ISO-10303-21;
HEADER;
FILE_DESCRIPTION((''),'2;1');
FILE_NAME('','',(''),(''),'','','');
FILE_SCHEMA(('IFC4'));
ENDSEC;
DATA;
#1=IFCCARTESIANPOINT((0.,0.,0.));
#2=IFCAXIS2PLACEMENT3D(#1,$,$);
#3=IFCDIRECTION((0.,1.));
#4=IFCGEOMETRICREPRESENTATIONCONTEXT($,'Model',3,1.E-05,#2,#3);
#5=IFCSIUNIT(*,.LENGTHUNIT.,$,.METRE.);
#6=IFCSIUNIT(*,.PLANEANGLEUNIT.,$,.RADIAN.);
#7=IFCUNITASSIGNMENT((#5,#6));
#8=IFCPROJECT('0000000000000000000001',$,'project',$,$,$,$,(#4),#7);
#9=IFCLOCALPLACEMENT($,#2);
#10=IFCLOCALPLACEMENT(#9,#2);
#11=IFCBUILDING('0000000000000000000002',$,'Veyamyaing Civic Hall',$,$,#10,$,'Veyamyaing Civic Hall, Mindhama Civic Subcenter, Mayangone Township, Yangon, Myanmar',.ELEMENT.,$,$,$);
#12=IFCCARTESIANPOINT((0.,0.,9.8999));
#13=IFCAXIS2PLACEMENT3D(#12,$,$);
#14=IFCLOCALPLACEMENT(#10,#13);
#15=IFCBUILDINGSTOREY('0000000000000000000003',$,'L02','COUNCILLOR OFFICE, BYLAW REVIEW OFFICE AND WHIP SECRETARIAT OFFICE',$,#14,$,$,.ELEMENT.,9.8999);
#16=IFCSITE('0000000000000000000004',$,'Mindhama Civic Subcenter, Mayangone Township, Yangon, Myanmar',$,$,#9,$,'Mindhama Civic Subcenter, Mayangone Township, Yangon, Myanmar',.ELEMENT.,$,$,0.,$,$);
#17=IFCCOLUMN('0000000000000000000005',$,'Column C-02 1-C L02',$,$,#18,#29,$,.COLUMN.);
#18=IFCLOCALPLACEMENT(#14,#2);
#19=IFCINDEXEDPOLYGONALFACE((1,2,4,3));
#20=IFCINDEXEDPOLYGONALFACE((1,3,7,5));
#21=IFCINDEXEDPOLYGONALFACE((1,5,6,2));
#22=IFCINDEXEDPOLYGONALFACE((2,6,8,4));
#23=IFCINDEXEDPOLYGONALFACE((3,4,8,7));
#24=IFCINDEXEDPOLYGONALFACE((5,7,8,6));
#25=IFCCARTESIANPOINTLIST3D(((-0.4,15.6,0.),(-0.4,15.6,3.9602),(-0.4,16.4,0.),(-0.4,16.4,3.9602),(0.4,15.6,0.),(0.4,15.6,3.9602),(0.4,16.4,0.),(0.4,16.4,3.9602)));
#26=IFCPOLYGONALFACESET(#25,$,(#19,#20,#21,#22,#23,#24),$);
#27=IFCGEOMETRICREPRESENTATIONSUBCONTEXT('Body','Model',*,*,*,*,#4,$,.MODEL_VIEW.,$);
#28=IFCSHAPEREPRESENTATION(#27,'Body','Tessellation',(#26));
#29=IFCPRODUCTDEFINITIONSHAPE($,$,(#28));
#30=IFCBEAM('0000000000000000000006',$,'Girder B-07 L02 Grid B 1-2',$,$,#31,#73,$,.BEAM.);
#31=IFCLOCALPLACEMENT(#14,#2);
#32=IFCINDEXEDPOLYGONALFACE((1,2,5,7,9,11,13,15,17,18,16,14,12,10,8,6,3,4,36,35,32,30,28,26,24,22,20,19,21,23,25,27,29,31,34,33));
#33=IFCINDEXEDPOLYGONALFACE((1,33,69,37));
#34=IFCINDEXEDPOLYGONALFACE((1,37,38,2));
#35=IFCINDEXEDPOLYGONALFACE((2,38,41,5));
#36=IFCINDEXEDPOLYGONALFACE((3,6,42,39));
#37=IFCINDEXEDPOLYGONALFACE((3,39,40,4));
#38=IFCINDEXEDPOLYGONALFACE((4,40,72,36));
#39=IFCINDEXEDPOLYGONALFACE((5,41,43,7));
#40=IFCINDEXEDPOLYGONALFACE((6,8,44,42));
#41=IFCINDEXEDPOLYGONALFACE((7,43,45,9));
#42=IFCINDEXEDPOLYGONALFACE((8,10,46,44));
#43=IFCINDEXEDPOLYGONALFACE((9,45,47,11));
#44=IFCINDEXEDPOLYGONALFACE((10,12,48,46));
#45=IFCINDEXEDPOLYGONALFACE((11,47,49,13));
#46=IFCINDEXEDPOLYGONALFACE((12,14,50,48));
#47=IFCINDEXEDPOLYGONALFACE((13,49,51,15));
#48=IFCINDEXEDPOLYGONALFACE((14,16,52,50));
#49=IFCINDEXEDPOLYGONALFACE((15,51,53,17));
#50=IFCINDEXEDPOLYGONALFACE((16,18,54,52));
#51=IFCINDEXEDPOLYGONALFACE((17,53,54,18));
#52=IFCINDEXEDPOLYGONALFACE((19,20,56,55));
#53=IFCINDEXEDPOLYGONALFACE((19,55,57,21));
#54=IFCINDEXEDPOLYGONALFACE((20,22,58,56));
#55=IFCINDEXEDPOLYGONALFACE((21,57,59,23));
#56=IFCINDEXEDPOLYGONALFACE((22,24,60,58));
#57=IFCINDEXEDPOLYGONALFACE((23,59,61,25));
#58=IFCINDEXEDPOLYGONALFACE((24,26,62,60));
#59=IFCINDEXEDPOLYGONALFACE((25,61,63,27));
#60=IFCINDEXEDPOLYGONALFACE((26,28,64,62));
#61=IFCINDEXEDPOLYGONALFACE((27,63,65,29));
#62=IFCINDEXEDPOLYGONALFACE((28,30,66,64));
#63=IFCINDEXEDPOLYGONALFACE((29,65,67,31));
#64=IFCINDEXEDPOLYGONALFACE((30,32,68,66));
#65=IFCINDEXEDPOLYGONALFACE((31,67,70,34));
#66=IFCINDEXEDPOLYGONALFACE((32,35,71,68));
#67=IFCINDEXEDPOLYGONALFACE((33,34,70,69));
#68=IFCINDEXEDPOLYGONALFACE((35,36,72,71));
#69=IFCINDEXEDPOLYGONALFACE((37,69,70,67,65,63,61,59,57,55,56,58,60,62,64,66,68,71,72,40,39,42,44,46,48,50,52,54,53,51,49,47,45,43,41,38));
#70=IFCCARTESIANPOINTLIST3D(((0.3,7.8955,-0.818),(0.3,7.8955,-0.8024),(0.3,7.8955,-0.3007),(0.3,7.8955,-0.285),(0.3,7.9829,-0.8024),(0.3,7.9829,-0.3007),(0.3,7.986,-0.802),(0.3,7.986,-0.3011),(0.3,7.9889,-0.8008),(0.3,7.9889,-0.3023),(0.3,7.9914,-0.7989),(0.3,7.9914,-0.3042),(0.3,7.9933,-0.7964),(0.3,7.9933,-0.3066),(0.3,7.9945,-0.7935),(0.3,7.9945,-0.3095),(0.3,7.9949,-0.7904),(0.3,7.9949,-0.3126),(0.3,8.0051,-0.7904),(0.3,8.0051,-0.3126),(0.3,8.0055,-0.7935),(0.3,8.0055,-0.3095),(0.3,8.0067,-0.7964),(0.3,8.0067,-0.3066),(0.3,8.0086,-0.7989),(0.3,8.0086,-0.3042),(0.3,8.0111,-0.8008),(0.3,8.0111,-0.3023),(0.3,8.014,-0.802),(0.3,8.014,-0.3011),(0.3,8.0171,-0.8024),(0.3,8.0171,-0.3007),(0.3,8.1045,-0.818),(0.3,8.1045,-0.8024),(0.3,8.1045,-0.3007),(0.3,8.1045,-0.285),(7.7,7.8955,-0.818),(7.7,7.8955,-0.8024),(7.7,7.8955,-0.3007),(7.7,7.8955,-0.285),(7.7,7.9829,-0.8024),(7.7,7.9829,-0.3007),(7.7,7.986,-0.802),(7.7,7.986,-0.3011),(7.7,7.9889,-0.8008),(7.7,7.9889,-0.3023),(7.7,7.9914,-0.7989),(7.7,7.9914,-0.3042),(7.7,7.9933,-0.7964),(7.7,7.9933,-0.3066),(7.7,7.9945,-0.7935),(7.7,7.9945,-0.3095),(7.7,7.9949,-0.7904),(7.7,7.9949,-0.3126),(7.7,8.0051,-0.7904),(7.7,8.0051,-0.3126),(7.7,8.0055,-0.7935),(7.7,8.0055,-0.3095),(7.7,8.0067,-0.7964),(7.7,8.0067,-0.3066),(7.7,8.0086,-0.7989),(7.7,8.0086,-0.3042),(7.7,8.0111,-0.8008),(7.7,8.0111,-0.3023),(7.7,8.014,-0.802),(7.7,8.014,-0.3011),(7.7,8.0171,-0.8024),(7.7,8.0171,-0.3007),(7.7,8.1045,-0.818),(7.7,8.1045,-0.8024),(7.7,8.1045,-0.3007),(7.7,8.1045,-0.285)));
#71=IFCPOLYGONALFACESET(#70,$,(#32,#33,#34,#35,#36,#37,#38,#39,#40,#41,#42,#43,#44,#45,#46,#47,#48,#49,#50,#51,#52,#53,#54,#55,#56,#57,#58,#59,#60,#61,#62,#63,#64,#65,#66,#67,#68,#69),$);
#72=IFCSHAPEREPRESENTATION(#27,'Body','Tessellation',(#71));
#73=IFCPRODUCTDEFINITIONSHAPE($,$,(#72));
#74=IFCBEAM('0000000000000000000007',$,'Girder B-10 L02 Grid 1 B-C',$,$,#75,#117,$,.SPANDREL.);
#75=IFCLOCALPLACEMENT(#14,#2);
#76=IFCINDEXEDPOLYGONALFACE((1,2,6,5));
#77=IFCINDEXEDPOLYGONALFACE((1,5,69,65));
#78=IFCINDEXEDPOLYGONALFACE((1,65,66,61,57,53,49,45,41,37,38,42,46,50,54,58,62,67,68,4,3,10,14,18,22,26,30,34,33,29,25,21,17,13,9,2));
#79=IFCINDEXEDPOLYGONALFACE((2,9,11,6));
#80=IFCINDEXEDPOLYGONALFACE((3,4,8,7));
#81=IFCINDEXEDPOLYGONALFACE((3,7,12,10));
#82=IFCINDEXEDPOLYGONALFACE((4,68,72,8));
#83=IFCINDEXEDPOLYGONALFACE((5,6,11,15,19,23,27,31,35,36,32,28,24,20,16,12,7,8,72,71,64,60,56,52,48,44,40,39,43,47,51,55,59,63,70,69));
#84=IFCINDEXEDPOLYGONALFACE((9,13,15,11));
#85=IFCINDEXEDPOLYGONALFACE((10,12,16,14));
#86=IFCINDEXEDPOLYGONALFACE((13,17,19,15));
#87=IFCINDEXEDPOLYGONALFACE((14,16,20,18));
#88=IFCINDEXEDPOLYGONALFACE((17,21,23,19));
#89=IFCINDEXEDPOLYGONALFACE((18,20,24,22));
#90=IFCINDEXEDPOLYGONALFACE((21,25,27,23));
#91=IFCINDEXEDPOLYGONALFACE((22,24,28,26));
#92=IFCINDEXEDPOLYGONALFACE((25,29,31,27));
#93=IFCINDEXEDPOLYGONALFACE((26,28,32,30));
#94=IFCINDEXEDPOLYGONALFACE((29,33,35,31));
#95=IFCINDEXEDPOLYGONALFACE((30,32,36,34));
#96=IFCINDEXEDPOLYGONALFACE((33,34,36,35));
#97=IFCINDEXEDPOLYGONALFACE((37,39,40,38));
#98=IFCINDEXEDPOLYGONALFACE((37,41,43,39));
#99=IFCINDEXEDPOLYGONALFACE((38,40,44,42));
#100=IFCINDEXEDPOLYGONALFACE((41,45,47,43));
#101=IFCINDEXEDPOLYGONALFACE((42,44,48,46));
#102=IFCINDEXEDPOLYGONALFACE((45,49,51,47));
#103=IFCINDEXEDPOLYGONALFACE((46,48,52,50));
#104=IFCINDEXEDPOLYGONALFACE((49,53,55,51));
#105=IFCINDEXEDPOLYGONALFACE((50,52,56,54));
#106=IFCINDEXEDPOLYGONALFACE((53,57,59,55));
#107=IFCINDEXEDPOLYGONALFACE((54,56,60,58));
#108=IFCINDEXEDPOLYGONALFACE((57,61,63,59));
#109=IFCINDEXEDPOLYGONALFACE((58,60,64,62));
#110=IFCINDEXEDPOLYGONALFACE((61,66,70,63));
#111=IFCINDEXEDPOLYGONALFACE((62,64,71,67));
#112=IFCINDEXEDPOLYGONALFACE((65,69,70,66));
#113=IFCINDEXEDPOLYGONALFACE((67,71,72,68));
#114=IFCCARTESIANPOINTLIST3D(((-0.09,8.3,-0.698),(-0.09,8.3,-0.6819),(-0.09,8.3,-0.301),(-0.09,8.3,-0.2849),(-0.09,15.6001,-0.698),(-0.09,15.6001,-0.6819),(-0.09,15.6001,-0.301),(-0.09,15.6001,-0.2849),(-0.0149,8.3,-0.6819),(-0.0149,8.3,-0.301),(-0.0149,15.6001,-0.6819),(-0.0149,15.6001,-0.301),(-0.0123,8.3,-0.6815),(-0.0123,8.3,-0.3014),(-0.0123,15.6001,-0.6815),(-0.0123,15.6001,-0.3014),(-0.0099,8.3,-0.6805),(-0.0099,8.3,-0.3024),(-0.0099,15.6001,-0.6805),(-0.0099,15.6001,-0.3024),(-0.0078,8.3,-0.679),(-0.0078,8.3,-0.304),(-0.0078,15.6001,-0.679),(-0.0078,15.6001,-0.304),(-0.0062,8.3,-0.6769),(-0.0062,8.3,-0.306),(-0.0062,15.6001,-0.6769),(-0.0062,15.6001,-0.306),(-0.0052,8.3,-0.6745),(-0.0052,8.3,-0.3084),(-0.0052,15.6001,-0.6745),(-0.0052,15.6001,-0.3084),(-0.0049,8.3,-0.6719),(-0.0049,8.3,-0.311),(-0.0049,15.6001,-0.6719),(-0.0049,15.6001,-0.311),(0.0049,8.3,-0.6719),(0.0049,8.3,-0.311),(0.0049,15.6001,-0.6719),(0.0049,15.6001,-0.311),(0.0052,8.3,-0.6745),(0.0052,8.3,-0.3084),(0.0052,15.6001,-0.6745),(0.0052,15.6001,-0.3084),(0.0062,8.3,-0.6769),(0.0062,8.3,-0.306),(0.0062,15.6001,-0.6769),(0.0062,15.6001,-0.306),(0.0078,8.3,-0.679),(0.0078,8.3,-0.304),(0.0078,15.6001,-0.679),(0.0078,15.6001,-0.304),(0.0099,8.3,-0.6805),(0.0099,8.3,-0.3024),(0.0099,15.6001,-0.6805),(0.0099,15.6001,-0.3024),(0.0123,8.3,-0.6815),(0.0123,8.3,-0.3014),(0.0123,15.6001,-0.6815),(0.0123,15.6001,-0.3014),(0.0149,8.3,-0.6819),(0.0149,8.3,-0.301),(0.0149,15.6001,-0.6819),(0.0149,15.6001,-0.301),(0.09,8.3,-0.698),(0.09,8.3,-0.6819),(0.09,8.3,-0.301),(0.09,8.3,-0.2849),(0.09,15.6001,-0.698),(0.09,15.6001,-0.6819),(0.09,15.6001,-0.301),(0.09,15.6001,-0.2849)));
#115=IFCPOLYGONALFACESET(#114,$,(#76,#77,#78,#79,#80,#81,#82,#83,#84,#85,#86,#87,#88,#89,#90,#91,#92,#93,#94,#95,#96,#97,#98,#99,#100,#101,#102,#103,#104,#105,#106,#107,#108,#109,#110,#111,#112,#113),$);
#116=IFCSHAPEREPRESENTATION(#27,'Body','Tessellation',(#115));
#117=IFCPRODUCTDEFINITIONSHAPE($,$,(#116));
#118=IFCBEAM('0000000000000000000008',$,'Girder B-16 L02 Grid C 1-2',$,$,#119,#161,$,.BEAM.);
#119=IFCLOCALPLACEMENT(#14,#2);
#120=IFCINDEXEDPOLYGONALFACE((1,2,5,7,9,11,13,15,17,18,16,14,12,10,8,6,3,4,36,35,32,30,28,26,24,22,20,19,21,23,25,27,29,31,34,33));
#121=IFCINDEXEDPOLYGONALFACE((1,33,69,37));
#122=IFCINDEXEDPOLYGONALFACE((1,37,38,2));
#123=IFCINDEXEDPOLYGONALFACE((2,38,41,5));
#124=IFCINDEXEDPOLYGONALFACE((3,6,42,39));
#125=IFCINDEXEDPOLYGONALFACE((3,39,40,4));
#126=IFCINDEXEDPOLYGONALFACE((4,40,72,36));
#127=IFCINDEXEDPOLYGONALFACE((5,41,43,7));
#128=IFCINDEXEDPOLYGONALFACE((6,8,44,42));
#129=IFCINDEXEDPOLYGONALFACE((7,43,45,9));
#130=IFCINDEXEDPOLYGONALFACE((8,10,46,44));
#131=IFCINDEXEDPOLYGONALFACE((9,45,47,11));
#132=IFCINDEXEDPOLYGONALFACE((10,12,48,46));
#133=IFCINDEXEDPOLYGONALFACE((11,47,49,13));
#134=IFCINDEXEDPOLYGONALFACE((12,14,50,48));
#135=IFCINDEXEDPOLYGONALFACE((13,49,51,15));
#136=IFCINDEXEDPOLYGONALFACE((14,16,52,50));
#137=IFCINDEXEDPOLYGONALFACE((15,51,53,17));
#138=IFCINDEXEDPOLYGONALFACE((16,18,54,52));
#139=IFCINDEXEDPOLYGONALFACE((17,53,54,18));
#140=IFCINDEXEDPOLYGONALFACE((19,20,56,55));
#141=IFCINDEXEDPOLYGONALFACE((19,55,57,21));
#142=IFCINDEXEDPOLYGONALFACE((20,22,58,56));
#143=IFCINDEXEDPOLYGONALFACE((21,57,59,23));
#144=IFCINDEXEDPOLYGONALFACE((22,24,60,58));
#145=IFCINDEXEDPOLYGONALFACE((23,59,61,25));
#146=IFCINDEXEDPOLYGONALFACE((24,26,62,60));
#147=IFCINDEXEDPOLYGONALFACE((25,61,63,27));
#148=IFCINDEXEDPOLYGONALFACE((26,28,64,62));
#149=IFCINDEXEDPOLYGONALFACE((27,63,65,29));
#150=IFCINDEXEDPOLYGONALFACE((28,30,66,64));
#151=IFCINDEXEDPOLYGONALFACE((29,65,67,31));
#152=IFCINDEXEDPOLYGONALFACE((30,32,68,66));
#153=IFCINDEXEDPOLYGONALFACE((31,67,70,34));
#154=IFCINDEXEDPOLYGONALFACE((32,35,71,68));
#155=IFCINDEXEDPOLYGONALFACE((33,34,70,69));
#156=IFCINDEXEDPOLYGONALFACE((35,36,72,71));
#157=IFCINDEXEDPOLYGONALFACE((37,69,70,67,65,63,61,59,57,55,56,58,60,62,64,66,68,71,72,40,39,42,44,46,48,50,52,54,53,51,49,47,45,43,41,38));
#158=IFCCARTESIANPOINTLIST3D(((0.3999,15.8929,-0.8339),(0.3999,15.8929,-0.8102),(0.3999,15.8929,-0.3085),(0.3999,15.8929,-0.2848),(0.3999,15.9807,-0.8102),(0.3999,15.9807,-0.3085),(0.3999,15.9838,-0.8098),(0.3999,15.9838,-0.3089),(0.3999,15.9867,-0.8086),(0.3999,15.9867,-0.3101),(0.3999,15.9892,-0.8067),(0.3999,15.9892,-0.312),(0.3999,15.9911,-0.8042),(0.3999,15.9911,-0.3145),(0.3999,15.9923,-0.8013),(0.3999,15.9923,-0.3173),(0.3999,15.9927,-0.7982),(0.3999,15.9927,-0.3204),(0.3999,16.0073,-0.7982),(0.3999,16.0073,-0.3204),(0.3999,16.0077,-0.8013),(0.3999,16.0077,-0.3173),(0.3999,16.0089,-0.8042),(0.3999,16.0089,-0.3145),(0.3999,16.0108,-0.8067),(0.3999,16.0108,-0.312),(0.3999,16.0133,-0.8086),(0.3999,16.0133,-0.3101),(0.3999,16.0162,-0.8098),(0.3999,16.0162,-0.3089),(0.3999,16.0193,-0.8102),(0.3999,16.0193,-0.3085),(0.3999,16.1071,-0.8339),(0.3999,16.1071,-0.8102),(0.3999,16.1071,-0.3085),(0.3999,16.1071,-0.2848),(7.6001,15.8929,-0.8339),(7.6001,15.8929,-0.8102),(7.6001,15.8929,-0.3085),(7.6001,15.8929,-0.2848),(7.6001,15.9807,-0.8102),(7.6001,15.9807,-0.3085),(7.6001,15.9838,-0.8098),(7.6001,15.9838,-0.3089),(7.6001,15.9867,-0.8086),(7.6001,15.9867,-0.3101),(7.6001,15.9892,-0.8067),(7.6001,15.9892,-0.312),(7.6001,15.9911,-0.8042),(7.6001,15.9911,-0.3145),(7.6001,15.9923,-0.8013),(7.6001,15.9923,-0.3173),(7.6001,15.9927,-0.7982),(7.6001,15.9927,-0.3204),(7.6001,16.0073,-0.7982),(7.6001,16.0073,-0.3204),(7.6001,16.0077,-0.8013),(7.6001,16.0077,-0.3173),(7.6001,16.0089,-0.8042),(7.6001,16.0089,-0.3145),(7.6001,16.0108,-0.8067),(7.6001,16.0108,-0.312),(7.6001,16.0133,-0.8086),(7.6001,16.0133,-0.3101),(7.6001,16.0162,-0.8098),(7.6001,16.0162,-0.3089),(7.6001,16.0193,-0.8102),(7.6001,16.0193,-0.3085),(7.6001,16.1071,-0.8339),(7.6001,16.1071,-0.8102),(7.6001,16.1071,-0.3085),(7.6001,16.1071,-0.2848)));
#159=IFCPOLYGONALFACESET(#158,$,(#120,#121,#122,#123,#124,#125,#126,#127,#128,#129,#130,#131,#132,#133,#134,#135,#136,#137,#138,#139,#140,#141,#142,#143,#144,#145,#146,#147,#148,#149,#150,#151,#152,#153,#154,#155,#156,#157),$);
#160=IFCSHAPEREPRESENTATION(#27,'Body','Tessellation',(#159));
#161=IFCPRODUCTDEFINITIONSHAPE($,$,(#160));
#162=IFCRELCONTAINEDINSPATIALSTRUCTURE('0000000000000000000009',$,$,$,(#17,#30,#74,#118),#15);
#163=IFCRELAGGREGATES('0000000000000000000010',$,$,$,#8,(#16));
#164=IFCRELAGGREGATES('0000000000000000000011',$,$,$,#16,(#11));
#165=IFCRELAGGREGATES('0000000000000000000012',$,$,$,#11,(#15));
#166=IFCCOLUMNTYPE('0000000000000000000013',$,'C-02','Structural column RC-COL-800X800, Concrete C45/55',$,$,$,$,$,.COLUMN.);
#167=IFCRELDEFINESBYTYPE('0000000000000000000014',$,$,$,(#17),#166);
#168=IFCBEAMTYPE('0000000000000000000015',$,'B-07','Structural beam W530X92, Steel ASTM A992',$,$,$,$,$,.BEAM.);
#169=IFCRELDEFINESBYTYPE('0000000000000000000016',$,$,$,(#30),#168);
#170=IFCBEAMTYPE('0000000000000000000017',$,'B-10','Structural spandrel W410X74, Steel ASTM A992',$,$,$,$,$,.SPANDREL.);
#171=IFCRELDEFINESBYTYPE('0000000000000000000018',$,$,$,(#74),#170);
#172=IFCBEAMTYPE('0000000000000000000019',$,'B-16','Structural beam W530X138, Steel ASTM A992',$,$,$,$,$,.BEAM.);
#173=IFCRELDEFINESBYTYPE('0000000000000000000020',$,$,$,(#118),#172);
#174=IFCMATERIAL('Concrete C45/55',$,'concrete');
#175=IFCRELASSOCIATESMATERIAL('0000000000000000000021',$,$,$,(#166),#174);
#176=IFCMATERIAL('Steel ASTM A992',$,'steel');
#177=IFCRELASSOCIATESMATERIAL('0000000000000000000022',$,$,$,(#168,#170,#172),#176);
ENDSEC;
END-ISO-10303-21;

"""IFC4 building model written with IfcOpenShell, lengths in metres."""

from ifc_helpers import new_model, si_unit, direction, frame, origin, origin_2d, place, context, subcontext, project, spatial, rectangle, i_section, extrude, material, material_profile, profile_set, type_object, element, save


model = new_model("IFC4")

# Units and contexts
model_context = context("Model", 3, precision=1e-05, world=origin(), true_north=direction((0.0, 1.0)))
body_context = subcontext(model_context, "Body", "Model", "MODEL_VIEW")
ifc_project = project(units=[si_unit("LENGTHUNIT", "METRE"), si_unit("PLANEANGLEUNIT", "RADIAN")], contexts=[model_context])

# Site, building, storey
site_placement = place(None, origin())
site = spatial("IfcSite", under=ifc_project, at=site_placement, Name="Mindhama Civic Subcenter, Mayangone Township, Yangon, Myanmar", LongName="Mindhama Civic Subcenter, Mayangone Township, Yangon, Myanmar", CompositionType="ELEMENT", RefElevation=0.0)
building_placement = place(site_placement, origin())
building = spatial("IfcBuilding", under=site, at=building_placement, Name="Veyamyaing Civic Hall", LongName="Veyamyaing Civic Hall, Mindhama Civic Subcenter, Mayangone Township, Yangon, Myanmar", CompositionType="ELEMENT")
storey_placement = place(building_placement, frame((0.0, 0.0, 9.8999)))
storey = spatial("IfcBuildingStorey", under=building, at=storey_placement, Name="L02", Description="COUNCILLOR OFFICE, BYLAW REVIEW OFFICE AND WHIP SECRETARIAT OFFICE", CompositionType="ELEMENT", Elevation=9.8999)

# Column
ifc_material_1 = material(Name="Concrete C45/55", Category="concrete")
ifc_material_profile_1 = material_profile(ifc_material_1, rectangle(XDim=0.8, YDim=0.8, at=origin_2d()), Name="RC-COL-800X800")
ifc_profile_set_1 = profile_set([ifc_material_profile_1], Name="Concrete C45/55")
column_type = type_object("IfcColumnType", Name="C-02", Description="Structural column RC-COL-800X800, Concrete C45/55", PredefinedType="COLUMN", material=ifc_profile_set_1)
column_placement = place(storey_placement, frame((0.0, 16.0, 0.0), z_axis=(0.0, 0.0, 1.0), x_axis=(1.0, 0.0, 0.0)))
element("IfcColumn", 1, at=column_placement, inside=storey, type_object=column_type, Name="Column C-02 1-C L02", PredefinedType="COLUMN", context=body_context, shape_type="SweptSolid", body=[
    extrude(rectangle(XDim=0.8, YDim=0.8, at=origin_2d()), origin(), (0.0, 0.0, 1.0), 3.9602),
])

# Beams
ifc_material_2 = material(Name="Steel ASTM A992", Category="steel")
ifc_material_profile_2 = material_profile(ifc_material_2, i_section(OverallWidth=0.209, OverallDepth=0.533, WebThickness=0.0103, FlangeThickness=0.0156, FilletRadius=0.012, at=origin_2d()), Name="W530X92")
ifc_profile_set_2 = profile_set([ifc_material_profile_2], Name="Steel ASTM A992")
beam_type_1 = type_object("IfcBeamType", Name="B-07", Description="Structural beam W530X92, Steel ASTM A992", PredefinedType="BEAM", material=ifc_profile_set_2)
beam_1_placement = place(storey_placement, frame((0.3, 8.0, -0.5515), z_axis=(1.0, 0.0, 0.0), x_axis=(0.0, 1.0, 0.0)))
element("IfcBeam", 2, at=beam_1_placement, inside=storey, type_object=beam_type_1, Name="Girder B-07 L02 Grid B 1-2", PredefinedType="BEAM", context=body_context, shape_type="SweptSolid", body=[
    extrude(i_section(OverallWidth=0.209, OverallDepth=0.533, WebThickness=0.0103, FlangeThickness=0.0156, FilletRadius=0.012, at=origin_2d()), origin(), (0.0, 0.0, 1.0), 7.3999),
])
ifc_material_profile_3 = material_profile(ifc_material_2, i_section(OverallWidth=0.1799, OverallDepth=0.4131, WebThickness=0.0098, FlangeThickness=0.0161, FilletRadius=0.01, at=origin_2d()), Name="W410X74")
ifc_profile_set_3 = profile_set([ifc_material_profile_3], Name="Steel ASTM A992")
beam_type_2 = type_object("IfcBeamType", Name="B-10", Description="Structural spandrel W410X74, Steel ASTM A992", PredefinedType="SPANDREL", material=ifc_profile_set_3)
beam_2_placement = place(storey_placement, frame((0.0, 8.3, -0.4915), z_axis=(0.0, 1.0, 0.0), x_axis=(-1.0, 0.0, 0.0)))
element("IfcBeam", 3, at=beam_2_placement, inside=storey, type_object=beam_type_2, Name="Girder B-10 L02 Grid 1 B-C", PredefinedType="SPANDREL", context=body_context, shape_type="SweptSolid", body=[
    extrude(i_section(OverallWidth=0.1799, OverallDepth=0.4131, WebThickness=0.0098, FlangeThickness=0.0161, FilletRadius=0.01, at=origin_2d()), origin(), (0.0, 0.0, 1.0), 7.3),
])
ifc_material_profile_4 = material_profile(ifc_material_2, i_section(OverallWidth=0.2141, OverallDepth=0.5491, WebThickness=0.0146, FlangeThickness=0.0237, FilletRadius=0.012, at=origin_2d()), Name="W530X138")
ifc_profile_set_4 = profile_set([ifc_material_profile_4], Name="Steel ASTM A992")
beam_type_3 = type_object("IfcBeamType", Name="B-16", Description="Structural beam W530X138, Steel ASTM A992", PredefinedType="BEAM", material=ifc_profile_set_4)
beam_3_placement = place(storey_placement, frame((0.3999, 16.0, -0.5593), z_axis=(1.0, 0.0, 0.0), x_axis=(0.0, 1.0, 0.0)))
element("IfcBeam", 4, at=beam_3_placement, inside=storey, type_object=beam_type_3, Name="Girder B-16 L02 Grid C 1-2", PredefinedType="BEAM", context=body_context, shape_type="SweptSolid", body=[
    extrude(i_section(OverallWidth=0.2141, OverallDepth=0.5491, WebThickness=0.0146, FlangeThickness=0.0237, FilletRadius=0.012, at=origin_2d()), origin(), (0.0, 0.0, 1.0), 7.2002),
])

save(model, "model.ifc")
